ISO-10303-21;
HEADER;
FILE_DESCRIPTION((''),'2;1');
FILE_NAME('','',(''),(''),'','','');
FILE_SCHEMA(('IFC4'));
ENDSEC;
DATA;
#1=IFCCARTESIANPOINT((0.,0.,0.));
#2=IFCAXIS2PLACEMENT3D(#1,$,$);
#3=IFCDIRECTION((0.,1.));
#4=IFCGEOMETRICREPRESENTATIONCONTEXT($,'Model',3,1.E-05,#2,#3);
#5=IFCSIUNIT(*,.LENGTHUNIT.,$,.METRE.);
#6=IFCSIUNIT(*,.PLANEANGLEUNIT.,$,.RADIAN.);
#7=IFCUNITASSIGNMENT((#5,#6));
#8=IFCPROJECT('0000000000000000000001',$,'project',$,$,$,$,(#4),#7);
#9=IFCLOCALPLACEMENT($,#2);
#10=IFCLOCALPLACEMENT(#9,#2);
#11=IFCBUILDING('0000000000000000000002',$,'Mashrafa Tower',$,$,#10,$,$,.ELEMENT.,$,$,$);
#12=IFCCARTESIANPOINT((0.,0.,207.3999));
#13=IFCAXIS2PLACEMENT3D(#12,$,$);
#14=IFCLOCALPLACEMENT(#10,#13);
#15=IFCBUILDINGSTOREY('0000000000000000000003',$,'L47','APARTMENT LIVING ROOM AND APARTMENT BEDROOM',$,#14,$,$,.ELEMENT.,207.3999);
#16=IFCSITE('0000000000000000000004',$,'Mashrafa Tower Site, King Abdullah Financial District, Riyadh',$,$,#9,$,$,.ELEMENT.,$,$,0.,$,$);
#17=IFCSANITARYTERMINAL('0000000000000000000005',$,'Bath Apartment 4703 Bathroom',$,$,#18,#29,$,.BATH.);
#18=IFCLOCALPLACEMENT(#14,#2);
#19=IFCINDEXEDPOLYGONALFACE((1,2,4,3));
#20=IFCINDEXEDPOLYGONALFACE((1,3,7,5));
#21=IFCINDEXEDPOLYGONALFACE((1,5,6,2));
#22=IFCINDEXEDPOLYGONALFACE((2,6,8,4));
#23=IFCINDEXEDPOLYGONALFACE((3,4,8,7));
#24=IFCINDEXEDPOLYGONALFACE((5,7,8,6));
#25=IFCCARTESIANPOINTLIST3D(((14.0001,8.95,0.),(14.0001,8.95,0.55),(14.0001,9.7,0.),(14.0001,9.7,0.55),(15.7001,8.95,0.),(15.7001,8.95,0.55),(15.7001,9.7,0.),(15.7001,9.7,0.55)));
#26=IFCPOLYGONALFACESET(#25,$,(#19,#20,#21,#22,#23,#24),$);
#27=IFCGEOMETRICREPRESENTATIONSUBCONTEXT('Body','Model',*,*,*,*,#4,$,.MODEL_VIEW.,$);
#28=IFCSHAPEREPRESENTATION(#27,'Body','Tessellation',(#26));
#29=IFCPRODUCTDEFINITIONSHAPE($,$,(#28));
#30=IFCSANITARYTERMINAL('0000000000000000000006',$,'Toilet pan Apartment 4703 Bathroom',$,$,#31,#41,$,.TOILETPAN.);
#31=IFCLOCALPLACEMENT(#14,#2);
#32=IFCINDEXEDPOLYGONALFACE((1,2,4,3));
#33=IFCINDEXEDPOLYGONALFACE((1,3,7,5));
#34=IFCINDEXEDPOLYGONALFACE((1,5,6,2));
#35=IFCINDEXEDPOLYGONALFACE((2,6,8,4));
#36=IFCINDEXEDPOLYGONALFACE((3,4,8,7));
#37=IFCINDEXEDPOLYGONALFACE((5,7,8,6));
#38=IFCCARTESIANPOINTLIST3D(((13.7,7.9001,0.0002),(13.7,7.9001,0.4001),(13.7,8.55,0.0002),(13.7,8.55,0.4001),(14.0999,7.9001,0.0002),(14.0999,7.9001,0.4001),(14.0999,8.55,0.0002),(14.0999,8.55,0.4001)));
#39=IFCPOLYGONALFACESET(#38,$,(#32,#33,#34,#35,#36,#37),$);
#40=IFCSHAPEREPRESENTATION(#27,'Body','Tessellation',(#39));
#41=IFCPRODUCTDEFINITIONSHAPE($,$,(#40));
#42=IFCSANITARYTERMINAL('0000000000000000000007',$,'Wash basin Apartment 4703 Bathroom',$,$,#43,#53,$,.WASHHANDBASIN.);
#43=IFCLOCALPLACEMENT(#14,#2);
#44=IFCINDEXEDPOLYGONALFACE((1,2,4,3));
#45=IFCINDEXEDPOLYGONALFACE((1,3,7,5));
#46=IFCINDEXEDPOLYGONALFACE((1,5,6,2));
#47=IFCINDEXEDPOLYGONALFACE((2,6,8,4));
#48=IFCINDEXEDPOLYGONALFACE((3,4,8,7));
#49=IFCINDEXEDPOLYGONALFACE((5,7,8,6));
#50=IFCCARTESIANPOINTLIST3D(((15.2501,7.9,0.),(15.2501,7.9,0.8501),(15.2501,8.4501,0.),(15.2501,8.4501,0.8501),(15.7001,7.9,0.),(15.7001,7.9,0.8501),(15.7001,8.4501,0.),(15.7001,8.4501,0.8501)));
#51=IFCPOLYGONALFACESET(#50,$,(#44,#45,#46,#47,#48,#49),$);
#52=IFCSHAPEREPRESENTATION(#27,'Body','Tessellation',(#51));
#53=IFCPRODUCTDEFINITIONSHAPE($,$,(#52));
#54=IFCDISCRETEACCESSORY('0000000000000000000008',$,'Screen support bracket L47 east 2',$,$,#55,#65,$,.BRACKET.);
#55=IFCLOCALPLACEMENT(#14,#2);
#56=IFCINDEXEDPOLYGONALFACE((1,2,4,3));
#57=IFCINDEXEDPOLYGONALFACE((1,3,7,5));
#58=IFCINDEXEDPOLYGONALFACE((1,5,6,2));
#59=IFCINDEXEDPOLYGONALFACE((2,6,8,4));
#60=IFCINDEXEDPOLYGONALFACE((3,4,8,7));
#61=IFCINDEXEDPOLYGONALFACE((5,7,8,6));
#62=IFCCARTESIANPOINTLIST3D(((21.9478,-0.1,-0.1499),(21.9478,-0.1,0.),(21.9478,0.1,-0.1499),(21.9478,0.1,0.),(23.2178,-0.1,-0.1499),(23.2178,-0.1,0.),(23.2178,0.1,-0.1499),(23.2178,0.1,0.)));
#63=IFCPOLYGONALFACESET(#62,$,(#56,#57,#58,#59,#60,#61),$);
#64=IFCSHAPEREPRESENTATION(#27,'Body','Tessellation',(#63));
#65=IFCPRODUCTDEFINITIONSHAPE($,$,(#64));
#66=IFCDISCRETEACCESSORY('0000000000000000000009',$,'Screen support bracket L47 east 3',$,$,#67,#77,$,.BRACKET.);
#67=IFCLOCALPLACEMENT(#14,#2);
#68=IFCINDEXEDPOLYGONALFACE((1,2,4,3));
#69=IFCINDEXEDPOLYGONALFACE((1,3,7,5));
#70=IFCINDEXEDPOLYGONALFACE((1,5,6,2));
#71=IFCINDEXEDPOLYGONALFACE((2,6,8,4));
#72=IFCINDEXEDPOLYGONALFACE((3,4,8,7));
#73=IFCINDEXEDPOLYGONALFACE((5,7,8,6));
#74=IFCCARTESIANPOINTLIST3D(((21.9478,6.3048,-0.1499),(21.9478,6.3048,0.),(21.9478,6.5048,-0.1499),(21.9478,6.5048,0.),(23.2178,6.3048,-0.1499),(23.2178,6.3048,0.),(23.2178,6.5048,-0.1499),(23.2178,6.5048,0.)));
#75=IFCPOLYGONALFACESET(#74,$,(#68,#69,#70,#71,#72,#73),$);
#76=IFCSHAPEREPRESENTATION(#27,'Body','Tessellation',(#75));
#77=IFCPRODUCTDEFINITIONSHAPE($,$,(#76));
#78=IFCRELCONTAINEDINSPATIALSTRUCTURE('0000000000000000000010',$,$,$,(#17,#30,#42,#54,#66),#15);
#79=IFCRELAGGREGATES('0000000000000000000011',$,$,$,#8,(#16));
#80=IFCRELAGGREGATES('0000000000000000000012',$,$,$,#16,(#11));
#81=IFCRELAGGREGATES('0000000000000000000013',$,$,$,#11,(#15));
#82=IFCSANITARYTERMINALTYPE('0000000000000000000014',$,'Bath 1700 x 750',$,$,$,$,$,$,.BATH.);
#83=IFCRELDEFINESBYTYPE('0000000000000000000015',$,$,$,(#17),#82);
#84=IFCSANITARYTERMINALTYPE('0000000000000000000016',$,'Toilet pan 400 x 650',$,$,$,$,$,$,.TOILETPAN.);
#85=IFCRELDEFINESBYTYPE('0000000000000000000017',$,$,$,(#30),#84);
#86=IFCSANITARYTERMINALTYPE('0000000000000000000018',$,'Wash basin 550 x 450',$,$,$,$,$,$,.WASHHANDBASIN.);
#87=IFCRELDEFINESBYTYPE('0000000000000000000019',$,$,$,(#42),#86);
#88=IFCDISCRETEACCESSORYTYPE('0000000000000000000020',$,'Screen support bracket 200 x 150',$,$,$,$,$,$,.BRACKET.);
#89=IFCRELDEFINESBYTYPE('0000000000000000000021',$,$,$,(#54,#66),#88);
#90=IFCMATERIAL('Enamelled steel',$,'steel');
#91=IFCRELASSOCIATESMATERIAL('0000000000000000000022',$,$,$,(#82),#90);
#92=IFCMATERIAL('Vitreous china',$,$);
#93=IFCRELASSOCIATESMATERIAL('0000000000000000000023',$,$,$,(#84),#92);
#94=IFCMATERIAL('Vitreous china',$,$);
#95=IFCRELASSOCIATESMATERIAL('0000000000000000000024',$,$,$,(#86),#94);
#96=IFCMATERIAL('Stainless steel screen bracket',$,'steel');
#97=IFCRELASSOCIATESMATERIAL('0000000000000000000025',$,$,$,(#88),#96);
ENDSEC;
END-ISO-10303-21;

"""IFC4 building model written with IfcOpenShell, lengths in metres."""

from ifc_helpers import new_model, si_unit, direction, frame, origin, origin_2d, place, context, subcontext, project, spatial, rectangle, extrude, source, transform, mapped, material, type_object, type_shapes, element, save


model = new_model("IFC4")

# Units and contexts
model_context = context("Model", 3, precision=1e-05, world=origin(), true_north=direction((0.0, 1.0)))
body_context = subcontext(model_context, "Body", "Model", "MODEL_VIEW")
ifc_project = project(units=[si_unit("LENGTHUNIT", "METRE"), si_unit("PLANEANGLEUNIT", "RADIAN")], contexts=[model_context])

# Site, building, storey
site_placement = place(None, origin())
site = spatial("IfcSite", under=ifc_project, at=site_placement, Name="Mashrafa Tower Site, King Abdullah Financial District, Riyadh", CompositionType="ELEMENT", RefElevation=0.0)
building_placement = place(site_placement, origin())
building = spatial("IfcBuilding", under=site, at=building_placement, Name="Mashrafa Tower", CompositionType="ELEMENT")
storey_placement = place(building_placement, frame((0.0, 0.0, 207.3999)))
storey = spatial("IfcBuildingStorey", under=building, at=storey_placement, Name="L47", Description="APARTMENT LIVING ROOM AND APARTMENT BEDROOM", CompositionType="ELEMENT", Elevation=207.3999)

# Sanitary terminals
ifc_material_1 = material(Name="Enamelled steel", Category="steel")
sanitary_terminal_type_1 = type_object("IfcSanitaryTerminalType", Name="Bath 1700 x 750", PredefinedType="BATH", material=ifc_material_1)
sanitary_terminal_1_placement = place(storey_placement, frame((14.8501, 9.325, 0.0), z_axis=(0.0, 0.0, 1.0), x_axis=(-1.0, 0.0, 0.0)))
element("IfcSanitaryTerminal", 1, at=sanitary_terminal_1_placement, inside=storey, type_object=sanitary_terminal_type_1, Name="Bath Apartment 4703 Bathroom", PredefinedType="BATH", context=body_context, shape_type="SweptSolid", body=[
    extrude(rectangle(XDim=1.7, YDim=0.75, at=origin_2d()), origin(), (0.0, 0.0, 1.0), 0.55),
])
ifc_material_2 = material(Name="Vitreous china")
sanitary_terminal_type_2 = type_object("IfcSanitaryTerminalType", Name="Toilet pan 400 x 650", PredefinedType="TOILETPAN", material=ifc_material_2)
sanitary_terminal_2_placement = place(storey_placement, frame((13.8999, 8.2251, 0.0002), z_axis=(0.0, 0.0, 1.0), x_axis=(1.0, 0.0, 0.0)))
element("IfcSanitaryTerminal", 2, at=sanitary_terminal_2_placement, inside=storey, type_object=sanitary_terminal_type_2, Name="Toilet pan Apartment 4703 Bathroom", PredefinedType="TOILETPAN", context=body_context, shape_type="SweptSolid", body=[
    extrude(rectangle(XDim=0.3999, YDim=0.6499, at=origin_2d()), origin(), (0.0, 0.0, 1.0), 0.3999),
])
ifc_material_3 = material(Name="Vitreous china")
sanitary_terminal_type_3 = type_object("IfcSanitaryTerminalType", Name="Wash basin 550 x 450", PredefinedType="WASHHANDBASIN", material=ifc_material_3)
sanitary_terminal_3_placement = place(storey_placement, frame((15.4751, 8.175, 0.0), z_axis=(0.0, 0.0, 1.0), x_axis=(0.0, 1.0, 0.0)))
element("IfcSanitaryTerminal", 3, at=sanitary_terminal_3_placement, inside=storey, type_object=sanitary_terminal_type_3, Name="Wash basin Apartment 4703 Bathroom", PredefinedType="WASHHANDBASIN", context=body_context, shape_type="SweptSolid", body=[
    extrude(rectangle(XDim=0.55, YDim=0.45, at=origin_2d()), origin(), (0.0, 0.0, 1.0), 0.8501),
])

# Discrete accessories
ifc_material_4 = material(Name="Stainless steel screen bracket", Category="steel")
discrete_accessory_type = type_object("IfcDiscreteAccessoryType", Name="Screen support bracket 200 x 150", PredefinedType="BRACKET", material=ifc_material_4)
shared_shape_1 = source(origin(), body_context, "Body", "SweptSolid", [
    extrude(rectangle(XDim=0.2, YDim=1.27, at=origin_2d()), origin(), (0.0, 0.0, 1.0), 0.1499),
])
type_shapes(discrete_accessory_type, [shared_shape_1])
for number, where, z_axis, x_axis, name in (
    (4, (22.5828, 0.0, -0.1499), (0.0, 0.0, 1.0), (0.0, 1.0, 0.0), "Screen support bracket L47 east 2"),
    (5, (22.5828, 6.4048, -0.1499), (0.0, 0.0, 1.0), (0.0, 1.0, 0.0), "Screen support bracket L47 east 3"),
):
    element("IfcDiscreteAccessory", number, at=place(storey_placement, frame(where, z_axis=z_axis, x_axis=x_axis)), inside=storey, type_object=discrete_accessory_type, Name=name, PredefinedType="BRACKET", context=body_context, shape_type="MappedRepresentation", body=[
        mapped(shared_shape_1, transform((0.0, 0.0, 0.0))),
    ])

save(model, "model.ifc")
